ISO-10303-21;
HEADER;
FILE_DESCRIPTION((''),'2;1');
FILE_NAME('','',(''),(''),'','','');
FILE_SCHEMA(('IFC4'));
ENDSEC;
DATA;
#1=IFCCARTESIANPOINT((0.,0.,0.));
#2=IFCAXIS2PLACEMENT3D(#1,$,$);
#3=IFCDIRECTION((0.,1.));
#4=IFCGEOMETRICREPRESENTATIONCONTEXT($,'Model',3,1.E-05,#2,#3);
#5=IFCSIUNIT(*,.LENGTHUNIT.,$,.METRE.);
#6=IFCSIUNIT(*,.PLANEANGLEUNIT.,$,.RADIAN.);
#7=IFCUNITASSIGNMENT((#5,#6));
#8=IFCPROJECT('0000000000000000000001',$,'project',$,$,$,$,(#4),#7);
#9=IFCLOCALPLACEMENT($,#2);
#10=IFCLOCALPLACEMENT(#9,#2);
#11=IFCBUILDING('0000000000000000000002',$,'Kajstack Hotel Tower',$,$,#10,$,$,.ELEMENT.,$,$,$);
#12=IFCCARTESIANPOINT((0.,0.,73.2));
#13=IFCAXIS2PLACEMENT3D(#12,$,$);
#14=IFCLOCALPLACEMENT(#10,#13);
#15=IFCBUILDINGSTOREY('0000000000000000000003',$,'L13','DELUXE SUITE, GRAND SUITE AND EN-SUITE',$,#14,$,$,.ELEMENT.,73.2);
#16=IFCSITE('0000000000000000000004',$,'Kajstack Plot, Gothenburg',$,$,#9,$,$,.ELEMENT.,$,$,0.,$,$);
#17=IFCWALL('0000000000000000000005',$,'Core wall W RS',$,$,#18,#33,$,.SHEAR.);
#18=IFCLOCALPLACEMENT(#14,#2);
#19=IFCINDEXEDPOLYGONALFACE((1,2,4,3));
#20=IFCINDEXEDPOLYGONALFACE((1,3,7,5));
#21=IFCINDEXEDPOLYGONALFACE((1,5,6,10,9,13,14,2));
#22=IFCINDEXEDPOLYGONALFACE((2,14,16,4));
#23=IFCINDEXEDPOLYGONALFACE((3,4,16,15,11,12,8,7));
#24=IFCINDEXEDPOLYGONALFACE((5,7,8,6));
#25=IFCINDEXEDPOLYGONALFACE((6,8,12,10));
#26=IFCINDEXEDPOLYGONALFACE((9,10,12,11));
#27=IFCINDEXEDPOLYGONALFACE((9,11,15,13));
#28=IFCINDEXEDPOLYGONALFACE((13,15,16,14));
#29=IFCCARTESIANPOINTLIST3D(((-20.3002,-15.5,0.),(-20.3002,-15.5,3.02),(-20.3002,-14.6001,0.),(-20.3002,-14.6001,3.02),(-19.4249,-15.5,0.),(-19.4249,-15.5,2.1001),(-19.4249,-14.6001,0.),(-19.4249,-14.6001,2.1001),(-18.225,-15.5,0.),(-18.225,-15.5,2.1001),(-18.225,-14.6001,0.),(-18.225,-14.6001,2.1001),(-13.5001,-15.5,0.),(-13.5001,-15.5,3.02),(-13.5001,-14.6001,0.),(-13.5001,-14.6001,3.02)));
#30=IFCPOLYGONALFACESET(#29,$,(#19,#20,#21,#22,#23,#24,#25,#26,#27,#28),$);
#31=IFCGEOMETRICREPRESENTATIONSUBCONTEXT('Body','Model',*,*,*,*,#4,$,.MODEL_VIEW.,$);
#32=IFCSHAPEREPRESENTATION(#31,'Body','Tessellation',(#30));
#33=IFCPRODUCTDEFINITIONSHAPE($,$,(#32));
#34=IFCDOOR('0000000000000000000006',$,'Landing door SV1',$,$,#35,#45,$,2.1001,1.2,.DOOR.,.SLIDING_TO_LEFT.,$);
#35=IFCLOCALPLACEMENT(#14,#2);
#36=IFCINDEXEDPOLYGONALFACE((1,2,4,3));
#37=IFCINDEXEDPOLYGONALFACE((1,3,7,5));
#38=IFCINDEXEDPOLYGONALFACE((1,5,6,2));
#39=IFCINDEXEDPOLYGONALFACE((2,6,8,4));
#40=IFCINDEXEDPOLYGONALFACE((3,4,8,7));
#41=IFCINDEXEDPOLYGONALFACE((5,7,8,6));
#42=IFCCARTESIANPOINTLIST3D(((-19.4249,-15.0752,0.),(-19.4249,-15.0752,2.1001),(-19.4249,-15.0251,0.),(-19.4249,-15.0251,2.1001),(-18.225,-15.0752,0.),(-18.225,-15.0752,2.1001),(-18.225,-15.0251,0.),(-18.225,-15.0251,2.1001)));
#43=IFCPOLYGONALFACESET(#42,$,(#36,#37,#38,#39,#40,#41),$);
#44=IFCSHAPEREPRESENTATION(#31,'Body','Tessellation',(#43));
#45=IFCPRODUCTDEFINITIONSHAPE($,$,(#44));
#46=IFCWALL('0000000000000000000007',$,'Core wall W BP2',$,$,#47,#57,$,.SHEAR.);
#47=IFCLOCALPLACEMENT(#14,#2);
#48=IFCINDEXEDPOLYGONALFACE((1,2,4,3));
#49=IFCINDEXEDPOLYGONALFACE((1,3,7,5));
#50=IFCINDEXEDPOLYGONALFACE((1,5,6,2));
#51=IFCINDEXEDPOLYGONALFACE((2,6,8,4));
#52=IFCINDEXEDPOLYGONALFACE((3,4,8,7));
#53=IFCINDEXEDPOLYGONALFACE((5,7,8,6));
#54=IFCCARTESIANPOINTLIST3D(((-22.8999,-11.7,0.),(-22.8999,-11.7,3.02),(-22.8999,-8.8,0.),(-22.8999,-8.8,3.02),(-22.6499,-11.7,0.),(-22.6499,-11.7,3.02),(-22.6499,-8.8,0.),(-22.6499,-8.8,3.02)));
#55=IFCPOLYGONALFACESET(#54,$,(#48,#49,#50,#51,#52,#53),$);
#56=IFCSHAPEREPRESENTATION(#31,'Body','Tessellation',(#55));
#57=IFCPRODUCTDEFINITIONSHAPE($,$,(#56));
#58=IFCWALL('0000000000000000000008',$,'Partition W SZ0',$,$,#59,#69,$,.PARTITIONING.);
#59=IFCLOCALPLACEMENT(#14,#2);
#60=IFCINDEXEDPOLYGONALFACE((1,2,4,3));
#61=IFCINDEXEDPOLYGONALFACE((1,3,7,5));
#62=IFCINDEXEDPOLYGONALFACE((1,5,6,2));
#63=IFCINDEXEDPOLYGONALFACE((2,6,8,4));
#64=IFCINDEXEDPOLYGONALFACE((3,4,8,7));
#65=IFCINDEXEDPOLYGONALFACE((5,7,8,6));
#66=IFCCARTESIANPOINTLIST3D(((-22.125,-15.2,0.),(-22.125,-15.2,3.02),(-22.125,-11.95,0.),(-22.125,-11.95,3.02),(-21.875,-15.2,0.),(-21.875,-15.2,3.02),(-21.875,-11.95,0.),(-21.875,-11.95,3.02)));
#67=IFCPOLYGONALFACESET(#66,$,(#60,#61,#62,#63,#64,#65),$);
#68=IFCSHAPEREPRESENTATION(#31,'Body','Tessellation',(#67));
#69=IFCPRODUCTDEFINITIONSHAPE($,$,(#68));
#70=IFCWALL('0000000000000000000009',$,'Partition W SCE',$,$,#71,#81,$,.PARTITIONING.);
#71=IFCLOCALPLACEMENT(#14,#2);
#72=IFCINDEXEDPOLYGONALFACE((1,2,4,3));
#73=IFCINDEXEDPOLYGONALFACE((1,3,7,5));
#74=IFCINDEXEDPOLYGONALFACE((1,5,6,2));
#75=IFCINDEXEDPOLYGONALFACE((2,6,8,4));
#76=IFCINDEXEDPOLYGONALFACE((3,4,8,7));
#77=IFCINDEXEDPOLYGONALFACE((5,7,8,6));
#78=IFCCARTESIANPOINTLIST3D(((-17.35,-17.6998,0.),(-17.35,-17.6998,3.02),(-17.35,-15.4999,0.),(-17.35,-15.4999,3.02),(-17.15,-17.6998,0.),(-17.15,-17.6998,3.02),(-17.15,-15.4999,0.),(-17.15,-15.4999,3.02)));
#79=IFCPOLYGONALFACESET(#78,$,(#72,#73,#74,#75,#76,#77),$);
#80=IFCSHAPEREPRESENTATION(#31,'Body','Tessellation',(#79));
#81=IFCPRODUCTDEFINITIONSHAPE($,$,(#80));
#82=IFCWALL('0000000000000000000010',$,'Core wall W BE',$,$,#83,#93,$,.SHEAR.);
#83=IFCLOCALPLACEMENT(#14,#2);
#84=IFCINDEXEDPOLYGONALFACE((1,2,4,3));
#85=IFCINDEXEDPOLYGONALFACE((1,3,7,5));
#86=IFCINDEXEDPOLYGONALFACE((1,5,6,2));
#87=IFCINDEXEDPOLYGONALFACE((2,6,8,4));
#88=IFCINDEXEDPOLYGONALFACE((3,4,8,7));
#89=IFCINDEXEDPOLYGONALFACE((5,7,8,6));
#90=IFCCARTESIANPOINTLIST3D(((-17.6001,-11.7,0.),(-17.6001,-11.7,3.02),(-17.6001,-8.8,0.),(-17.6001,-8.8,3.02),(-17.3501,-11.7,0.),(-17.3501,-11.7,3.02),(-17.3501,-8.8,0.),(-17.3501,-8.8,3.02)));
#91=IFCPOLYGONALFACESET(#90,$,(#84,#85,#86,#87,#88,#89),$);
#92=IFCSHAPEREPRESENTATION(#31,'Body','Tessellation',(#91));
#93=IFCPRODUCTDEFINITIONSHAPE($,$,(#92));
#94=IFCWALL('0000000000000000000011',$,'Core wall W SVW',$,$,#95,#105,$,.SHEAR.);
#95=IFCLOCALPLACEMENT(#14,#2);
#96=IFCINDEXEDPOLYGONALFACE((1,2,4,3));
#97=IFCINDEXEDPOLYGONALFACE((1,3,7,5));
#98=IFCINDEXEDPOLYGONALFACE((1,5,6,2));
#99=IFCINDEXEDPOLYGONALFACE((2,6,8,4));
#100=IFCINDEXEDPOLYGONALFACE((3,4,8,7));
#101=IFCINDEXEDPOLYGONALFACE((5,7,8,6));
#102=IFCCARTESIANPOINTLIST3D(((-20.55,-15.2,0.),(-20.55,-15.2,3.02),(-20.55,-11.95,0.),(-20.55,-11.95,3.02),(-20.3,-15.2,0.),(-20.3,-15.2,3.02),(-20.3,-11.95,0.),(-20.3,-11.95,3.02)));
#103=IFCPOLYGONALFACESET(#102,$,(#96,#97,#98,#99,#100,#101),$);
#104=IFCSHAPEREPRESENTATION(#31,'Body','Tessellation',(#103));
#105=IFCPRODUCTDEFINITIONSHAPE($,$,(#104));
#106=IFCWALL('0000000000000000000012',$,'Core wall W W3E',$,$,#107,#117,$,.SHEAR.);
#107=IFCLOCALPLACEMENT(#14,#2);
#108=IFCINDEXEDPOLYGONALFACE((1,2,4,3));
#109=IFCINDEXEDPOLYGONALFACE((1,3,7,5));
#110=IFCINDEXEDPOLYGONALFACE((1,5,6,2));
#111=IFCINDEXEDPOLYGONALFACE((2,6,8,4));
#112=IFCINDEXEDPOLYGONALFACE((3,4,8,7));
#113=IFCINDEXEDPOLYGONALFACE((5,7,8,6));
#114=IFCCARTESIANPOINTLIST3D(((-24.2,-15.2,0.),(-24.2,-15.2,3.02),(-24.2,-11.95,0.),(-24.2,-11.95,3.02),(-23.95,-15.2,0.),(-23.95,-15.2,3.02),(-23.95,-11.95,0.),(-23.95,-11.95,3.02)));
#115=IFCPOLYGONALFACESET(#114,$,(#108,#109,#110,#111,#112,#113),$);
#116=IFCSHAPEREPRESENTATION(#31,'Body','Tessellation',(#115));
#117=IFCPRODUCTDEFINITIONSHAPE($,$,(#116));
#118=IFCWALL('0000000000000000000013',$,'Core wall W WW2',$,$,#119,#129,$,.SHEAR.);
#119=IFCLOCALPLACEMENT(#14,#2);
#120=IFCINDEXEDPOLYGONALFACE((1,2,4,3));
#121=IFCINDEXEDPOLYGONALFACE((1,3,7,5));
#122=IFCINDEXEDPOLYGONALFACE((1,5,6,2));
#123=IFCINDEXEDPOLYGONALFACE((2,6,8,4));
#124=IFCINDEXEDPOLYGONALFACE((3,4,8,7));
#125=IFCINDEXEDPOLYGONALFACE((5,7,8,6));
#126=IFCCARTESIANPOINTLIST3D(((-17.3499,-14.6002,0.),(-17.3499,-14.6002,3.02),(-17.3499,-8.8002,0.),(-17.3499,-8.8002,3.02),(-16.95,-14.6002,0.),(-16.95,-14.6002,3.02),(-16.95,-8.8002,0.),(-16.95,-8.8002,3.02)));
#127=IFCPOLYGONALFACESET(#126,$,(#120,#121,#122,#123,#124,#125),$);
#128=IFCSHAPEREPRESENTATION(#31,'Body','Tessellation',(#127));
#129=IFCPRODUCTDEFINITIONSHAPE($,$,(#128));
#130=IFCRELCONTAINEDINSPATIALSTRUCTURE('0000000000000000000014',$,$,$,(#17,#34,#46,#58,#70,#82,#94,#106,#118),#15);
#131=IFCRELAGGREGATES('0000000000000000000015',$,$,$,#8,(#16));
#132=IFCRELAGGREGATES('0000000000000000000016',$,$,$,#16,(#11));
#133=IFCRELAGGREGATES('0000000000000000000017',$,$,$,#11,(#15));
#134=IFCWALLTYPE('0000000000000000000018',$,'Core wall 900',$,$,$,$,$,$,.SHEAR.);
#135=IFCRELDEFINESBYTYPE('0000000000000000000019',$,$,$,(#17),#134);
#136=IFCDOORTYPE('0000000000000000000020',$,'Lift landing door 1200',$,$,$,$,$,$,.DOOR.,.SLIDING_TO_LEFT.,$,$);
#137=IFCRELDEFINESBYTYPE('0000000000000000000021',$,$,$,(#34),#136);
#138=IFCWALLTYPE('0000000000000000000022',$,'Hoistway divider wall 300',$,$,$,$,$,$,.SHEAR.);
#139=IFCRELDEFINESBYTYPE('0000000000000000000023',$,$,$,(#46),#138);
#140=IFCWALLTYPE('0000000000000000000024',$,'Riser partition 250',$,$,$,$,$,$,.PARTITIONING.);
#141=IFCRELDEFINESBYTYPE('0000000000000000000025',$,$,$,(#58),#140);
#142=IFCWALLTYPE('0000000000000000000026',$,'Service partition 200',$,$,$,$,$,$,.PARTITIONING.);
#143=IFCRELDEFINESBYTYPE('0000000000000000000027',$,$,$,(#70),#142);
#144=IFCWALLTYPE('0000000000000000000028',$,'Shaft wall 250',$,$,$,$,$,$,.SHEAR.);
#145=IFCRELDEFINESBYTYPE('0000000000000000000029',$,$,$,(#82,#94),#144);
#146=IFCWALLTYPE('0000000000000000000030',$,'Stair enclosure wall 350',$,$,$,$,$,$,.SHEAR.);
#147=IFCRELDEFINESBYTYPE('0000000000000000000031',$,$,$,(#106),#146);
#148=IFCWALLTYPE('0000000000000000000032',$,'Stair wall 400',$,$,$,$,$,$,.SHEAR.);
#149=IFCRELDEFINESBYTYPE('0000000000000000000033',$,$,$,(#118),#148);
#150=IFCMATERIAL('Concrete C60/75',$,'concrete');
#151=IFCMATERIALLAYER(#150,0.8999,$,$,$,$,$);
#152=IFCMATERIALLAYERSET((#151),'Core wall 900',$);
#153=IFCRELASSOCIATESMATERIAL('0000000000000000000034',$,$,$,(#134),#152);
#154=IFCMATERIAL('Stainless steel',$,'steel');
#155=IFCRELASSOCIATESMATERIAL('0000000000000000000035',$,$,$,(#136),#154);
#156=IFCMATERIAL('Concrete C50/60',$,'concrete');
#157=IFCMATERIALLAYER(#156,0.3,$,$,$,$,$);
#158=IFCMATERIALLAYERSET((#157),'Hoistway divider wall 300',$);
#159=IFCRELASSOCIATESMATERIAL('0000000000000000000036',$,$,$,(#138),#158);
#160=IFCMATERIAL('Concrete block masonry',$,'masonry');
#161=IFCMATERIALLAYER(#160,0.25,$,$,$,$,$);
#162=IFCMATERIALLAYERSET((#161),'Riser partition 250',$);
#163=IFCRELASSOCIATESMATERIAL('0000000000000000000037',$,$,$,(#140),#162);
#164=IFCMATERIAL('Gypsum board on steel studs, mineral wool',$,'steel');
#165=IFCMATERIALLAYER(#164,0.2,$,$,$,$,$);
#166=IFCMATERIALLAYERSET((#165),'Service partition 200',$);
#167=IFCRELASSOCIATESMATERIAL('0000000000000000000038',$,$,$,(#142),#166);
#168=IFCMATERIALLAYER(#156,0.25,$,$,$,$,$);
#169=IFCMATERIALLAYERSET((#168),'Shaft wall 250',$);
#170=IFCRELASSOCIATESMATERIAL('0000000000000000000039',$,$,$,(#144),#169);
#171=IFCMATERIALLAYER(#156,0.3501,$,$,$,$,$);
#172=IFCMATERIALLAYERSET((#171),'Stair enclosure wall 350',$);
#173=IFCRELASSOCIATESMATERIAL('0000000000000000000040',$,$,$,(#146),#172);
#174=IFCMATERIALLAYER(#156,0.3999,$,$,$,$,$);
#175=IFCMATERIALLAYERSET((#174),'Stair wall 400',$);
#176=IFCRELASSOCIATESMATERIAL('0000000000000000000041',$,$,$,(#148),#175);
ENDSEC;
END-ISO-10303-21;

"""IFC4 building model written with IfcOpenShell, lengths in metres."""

from ifc_helpers import new_model, si_unit, direction, frame, frame_2d, origin, place, context, subcontext, project, spatial, rectangle, extrude, material, layer, layer_set, type_object, element, fill, save


model = new_model("IFC4")

# Units and contexts
model_context = context("Model", 3, precision=1e-05, world=origin(), true_north=direction((0.0, 1.0)))
body_context = subcontext(model_context, "Body", "Model", "MODEL_VIEW")
ifc_project = project(units=[si_unit("LENGTHUNIT", "METRE"), si_unit("PLANEANGLEUNIT", "RADIAN")], contexts=[model_context])

# Site, building, storey
site_placement = place(None, origin())
site = spatial("IfcSite", under=ifc_project, at=site_placement, Name="Kajstack Plot, Gothenburg", CompositionType="ELEMENT", RefElevation=0.0)
building_placement = place(site_placement, origin())
building = spatial("IfcBuilding", under=site, at=building_placement, Name="Kajstack Hotel Tower", CompositionType="ELEMENT")
storey_placement = place(building_placement, frame((0.0, 0.0, 73.2)))
storey = spatial("IfcBuildingStorey", under=building, at=storey_placement, Name="L13", Description="DELUXE SUITE, GRAND SUITE AND EN-SUITE", CompositionType="ELEMENT", Elevation=73.2)

# Wall, opening, door
ifc_material_1 = material(Name="Concrete C60/75", Category="concrete")
ifc_layer_1 = layer(ifc_material_1, 0.8999)
ifc_layer_set_1 = layer_set([ifc_layer_1], Name="Core wall 900")
wall_type_1 = type_object("IfcWallType", Name="Core wall 900", PredefinedType="SHEAR", material=ifc_layer_set_1)
wall_1_placement = place(storey_placement, frame((-20.3, -15.05, 0.0), z_axis=(0.0, 0.0, 1.0), x_axis=(1.0, 0.0, 0.0)))
wall_1 = element("IfcWall", 1, at=wall_1_placement, inside=storey, type_object=wall_type_1, Name="Core wall W RS", PredefinedType="SHEAR", context=body_context, shape_type="SweptSolid", body=[
    extrude(rectangle(XDim=6.8, YDim=0.8999, at=frame_2d((3.3999, 0.0))), origin(), (0.0, 0.0, 1.0), 3.02),
])
opening_placement = place(wall_1_placement, frame((0.875, 0.0, 0.0)))
opening = element("IfcOpeningElement", 2, at=opening_placement, cuts=wall_1, PredefinedType="OPENING", context=body_context, shape_type="SweptSolid", body=[
    extrude(rectangle(XDim=1.2, YDim=2.1001, at=frame_2d((0.6001, 1.05))), frame((0.0, 0.46, 0.0), z_axis=(0.0, -1.0, 0.0), x_axis=(1.0, 0.0, 0.0)), (0.0, 0.0, 1.0), 0.9199),
])
ifc_material_2 = material(Name="Stainless steel", Category="steel")
door_type = type_object("IfcDoorType", Name="Lift landing door 1200", OperationType="SLIDING_TO_LEFT", PredefinedType="DOOR", material=ifc_material_2)
door_placement = place(opening_placement, origin())
door = element("IfcDoor", 3, at=door_placement, inside=storey, type_object=door_type, Name="Landing door SV1", OperationType="SLIDING_TO_LEFT", OverallHeight=2.1001, OverallWidth=1.2, PredefinedType="DOOR", context=body_context, shape_type="SweptSolid", body=[
    extrude(rectangle(XDim=1.2, YDim=2.1001, at=frame_2d((0.6001, 1.05))), frame((0.0, 0.0249, 0.0), z_axis=(0.0, -1.0, 0.0), x_axis=(1.0, 0.0, 0.0)), (0.0, 0.0, 1.0), 0.05),
])
fill(opening, door)

# Walls
ifc_material_3 = material(Name="Concrete C50/60", Category="concrete")
ifc_layer_2 = layer(ifc_material_3, 0.3)
ifc_layer_set_2 = layer_set([ifc_layer_2], Name="Hoistway divider wall 300")
wall_type_2 = type_object("IfcWallType", Name="Hoistway divider wall 300", PredefinedType="SHEAR", material=ifc_layer_set_2)
wall_2_placement = place(storey_placement, frame((-22.7749, -11.7, 0.0), z_axis=(0.0, 0.0, 1.0), x_axis=(0.0, 1.0, 0.0)))
element("IfcWall", 4, at=wall_2_placement, inside=storey, type_object=wall_type_2, Name="Core wall W BP2", PredefinedType="SHEAR", context=body_context, shape_type="SweptSolid", body=[
    extrude(rectangle(XDim=2.8999, YDim=0.25, at=frame_2d((1.45, 0.0))), origin(), (0.0, 0.0, 1.0), 3.02),
])
ifc_material_4 = material(Name="Concrete block masonry", Category="masonry")
ifc_layer_3 = layer(ifc_material_4, 0.25)
ifc_layer_set_3 = layer_set([ifc_layer_3], Name="Riser partition 250")
wall_type_3 = type_object("IfcWallType", Name="Riser partition 250", PredefinedType="PARTITIONING", material=ifc_layer_set_3)
wall_3_placement = place(storey_placement, frame((-22.0, -15.2, 0.0), z_axis=(0.0, 0.0, 1.0), x_axis=(0.0, 1.0, 0.0)))
element("IfcWall", 5, at=wall_3_placement, inside=storey, type_object=wall_type_3, Name="Partition W SZ0", PredefinedType="PARTITIONING", context=body_context, shape_type="SweptSolid", body=[
    extrude(rectangle(XDim=3.25, YDim=0.25, at=frame_2d((1.625, 0.0))), origin(), (0.0, 0.0, 1.0), 3.02),
])
ifc_material_5 = material(Name="Gypsum board on steel studs, mineral wool", Category="steel")
ifc_layer_4 = layer(ifc_material_5, 0.2)
ifc_layer_set_4 = layer_set([ifc_layer_4], Name="Service partition 200")
wall_type_4 = type_object("IfcWallType", Name="Service partition 200", PredefinedType="PARTITIONING", material=ifc_layer_set_4)
wall_4_placement = place(storey_placement, frame((-17.25, -17.7, 0.0), z_axis=(0.0, 0.0, 1.0), x_axis=(0.0, 1.0, 0.0)))
element("IfcWall", 6, at=wall_4_placement, inside=storey, type_object=wall_type_4, Name="Partition W SCE", PredefinedType="PARTITIONING", context=body_context, shape_type="SweptSolid", body=[
    extrude(rectangle(XDim=2.2, YDim=0.2, at=frame_2d((1.1001, 0.0))), origin(), (0.0, 0.0, 1.0), 3.02),
])
ifc_layer_5 = layer(ifc_material_3, 0.25)
ifc_layer_set_5 = layer_set([ifc_layer_5], Name="Shaft wall 250")
wall_type_5 = type_object("IfcWallType", Name="Shaft wall 250", PredefinedType="SHEAR", material=ifc_layer_set_5)
wall_5_placement = place(storey_placement, frame((-17.4751, -11.7, 0.0), z_axis=(0.0, 0.0, 1.0), x_axis=(0.0, 1.0, 0.0)))
element("IfcWall", 7, at=wall_5_placement, inside=storey, type_object=wall_type_5, Name="Core wall W BE", PredefinedType="SHEAR", context=body_context, shape_type="SweptSolid", body=[
    extrude(rectangle(XDim=2.8999, YDim=0.25, at=frame_2d((1.45, 0.0))), origin(), (0.0, 0.0, 1.0), 3.02),
])
wall_6_placement = place(storey_placement, frame((-20.425, -15.2, 0.0), z_axis=(0.0, 0.0, 1.0), x_axis=(0.0, 1.0, 0.0)))
element("IfcWall", 8, at=wall_6_placement, inside=storey, type_object=wall_type_5, Name="Core wall W SVW", PredefinedType="SHEAR", context=body_context, shape_type="SweptSolid", body=[
    extrude(rectangle(XDim=3.25, YDim=0.25, at=frame_2d((1.625, 0.0))), origin(), (0.0, 0.0, 1.0), 3.02),
])
ifc_layer_6 = layer(ifc_material_3, 0.3501)
ifc_layer_set_6 = layer_set([ifc_layer_6], Name="Stair enclosure wall 350")
wall_type_6 = type_object("IfcWallType", Name="Stair enclosure wall 350", PredefinedType="SHEAR", material=ifc_layer_set_6)
wall_7_placement = place(storey_placement, frame((-24.075, -15.2, 0.0), z_axis=(0.0, 0.0, 1.0), x_axis=(0.0, 1.0, 0.0)))
element("IfcWall", 9, at=wall_7_placement, inside=storey, type_object=wall_type_6, Name="Core wall W W3E", PredefinedType="SHEAR", context=body_context, shape_type="SweptSolid", body=[
    extrude(rectangle(XDim=3.25, YDim=0.25, at=frame_2d((1.625, 0.0))), origin(), (0.0, 0.0, 1.0), 3.02),
])
ifc_layer_7 = layer(ifc_material_3, 0.3999)
ifc_layer_set_7 = layer_set([ifc_layer_7], Name="Stair wall 400")
wall_type_7 = type_object("IfcWallType", Name="Stair wall 400", PredefinedType="SHEAR", material=ifc_layer_set_7)
wall_8_placement = place(storey_placement, frame((-17.1499, -14.6001, 0.0), z_axis=(0.0, 0.0, 1.0), x_axis=(0.0, 1.0, 0.0)))
element("IfcWall", 10, at=wall_8_placement, inside=storey, type_object=wall_type_7, Name="Core wall W WW2", PredefinedType="SHEAR", context=body_context, shape_type="SweptSolid", body=[
    extrude(rectangle(XDim=5.8, YDim=0.3999, at=frame_2d((2.8999, 0.0))), origin(), (0.0, 0.0, 1.0), 3.02),
])

save(model, "model.ifc")
